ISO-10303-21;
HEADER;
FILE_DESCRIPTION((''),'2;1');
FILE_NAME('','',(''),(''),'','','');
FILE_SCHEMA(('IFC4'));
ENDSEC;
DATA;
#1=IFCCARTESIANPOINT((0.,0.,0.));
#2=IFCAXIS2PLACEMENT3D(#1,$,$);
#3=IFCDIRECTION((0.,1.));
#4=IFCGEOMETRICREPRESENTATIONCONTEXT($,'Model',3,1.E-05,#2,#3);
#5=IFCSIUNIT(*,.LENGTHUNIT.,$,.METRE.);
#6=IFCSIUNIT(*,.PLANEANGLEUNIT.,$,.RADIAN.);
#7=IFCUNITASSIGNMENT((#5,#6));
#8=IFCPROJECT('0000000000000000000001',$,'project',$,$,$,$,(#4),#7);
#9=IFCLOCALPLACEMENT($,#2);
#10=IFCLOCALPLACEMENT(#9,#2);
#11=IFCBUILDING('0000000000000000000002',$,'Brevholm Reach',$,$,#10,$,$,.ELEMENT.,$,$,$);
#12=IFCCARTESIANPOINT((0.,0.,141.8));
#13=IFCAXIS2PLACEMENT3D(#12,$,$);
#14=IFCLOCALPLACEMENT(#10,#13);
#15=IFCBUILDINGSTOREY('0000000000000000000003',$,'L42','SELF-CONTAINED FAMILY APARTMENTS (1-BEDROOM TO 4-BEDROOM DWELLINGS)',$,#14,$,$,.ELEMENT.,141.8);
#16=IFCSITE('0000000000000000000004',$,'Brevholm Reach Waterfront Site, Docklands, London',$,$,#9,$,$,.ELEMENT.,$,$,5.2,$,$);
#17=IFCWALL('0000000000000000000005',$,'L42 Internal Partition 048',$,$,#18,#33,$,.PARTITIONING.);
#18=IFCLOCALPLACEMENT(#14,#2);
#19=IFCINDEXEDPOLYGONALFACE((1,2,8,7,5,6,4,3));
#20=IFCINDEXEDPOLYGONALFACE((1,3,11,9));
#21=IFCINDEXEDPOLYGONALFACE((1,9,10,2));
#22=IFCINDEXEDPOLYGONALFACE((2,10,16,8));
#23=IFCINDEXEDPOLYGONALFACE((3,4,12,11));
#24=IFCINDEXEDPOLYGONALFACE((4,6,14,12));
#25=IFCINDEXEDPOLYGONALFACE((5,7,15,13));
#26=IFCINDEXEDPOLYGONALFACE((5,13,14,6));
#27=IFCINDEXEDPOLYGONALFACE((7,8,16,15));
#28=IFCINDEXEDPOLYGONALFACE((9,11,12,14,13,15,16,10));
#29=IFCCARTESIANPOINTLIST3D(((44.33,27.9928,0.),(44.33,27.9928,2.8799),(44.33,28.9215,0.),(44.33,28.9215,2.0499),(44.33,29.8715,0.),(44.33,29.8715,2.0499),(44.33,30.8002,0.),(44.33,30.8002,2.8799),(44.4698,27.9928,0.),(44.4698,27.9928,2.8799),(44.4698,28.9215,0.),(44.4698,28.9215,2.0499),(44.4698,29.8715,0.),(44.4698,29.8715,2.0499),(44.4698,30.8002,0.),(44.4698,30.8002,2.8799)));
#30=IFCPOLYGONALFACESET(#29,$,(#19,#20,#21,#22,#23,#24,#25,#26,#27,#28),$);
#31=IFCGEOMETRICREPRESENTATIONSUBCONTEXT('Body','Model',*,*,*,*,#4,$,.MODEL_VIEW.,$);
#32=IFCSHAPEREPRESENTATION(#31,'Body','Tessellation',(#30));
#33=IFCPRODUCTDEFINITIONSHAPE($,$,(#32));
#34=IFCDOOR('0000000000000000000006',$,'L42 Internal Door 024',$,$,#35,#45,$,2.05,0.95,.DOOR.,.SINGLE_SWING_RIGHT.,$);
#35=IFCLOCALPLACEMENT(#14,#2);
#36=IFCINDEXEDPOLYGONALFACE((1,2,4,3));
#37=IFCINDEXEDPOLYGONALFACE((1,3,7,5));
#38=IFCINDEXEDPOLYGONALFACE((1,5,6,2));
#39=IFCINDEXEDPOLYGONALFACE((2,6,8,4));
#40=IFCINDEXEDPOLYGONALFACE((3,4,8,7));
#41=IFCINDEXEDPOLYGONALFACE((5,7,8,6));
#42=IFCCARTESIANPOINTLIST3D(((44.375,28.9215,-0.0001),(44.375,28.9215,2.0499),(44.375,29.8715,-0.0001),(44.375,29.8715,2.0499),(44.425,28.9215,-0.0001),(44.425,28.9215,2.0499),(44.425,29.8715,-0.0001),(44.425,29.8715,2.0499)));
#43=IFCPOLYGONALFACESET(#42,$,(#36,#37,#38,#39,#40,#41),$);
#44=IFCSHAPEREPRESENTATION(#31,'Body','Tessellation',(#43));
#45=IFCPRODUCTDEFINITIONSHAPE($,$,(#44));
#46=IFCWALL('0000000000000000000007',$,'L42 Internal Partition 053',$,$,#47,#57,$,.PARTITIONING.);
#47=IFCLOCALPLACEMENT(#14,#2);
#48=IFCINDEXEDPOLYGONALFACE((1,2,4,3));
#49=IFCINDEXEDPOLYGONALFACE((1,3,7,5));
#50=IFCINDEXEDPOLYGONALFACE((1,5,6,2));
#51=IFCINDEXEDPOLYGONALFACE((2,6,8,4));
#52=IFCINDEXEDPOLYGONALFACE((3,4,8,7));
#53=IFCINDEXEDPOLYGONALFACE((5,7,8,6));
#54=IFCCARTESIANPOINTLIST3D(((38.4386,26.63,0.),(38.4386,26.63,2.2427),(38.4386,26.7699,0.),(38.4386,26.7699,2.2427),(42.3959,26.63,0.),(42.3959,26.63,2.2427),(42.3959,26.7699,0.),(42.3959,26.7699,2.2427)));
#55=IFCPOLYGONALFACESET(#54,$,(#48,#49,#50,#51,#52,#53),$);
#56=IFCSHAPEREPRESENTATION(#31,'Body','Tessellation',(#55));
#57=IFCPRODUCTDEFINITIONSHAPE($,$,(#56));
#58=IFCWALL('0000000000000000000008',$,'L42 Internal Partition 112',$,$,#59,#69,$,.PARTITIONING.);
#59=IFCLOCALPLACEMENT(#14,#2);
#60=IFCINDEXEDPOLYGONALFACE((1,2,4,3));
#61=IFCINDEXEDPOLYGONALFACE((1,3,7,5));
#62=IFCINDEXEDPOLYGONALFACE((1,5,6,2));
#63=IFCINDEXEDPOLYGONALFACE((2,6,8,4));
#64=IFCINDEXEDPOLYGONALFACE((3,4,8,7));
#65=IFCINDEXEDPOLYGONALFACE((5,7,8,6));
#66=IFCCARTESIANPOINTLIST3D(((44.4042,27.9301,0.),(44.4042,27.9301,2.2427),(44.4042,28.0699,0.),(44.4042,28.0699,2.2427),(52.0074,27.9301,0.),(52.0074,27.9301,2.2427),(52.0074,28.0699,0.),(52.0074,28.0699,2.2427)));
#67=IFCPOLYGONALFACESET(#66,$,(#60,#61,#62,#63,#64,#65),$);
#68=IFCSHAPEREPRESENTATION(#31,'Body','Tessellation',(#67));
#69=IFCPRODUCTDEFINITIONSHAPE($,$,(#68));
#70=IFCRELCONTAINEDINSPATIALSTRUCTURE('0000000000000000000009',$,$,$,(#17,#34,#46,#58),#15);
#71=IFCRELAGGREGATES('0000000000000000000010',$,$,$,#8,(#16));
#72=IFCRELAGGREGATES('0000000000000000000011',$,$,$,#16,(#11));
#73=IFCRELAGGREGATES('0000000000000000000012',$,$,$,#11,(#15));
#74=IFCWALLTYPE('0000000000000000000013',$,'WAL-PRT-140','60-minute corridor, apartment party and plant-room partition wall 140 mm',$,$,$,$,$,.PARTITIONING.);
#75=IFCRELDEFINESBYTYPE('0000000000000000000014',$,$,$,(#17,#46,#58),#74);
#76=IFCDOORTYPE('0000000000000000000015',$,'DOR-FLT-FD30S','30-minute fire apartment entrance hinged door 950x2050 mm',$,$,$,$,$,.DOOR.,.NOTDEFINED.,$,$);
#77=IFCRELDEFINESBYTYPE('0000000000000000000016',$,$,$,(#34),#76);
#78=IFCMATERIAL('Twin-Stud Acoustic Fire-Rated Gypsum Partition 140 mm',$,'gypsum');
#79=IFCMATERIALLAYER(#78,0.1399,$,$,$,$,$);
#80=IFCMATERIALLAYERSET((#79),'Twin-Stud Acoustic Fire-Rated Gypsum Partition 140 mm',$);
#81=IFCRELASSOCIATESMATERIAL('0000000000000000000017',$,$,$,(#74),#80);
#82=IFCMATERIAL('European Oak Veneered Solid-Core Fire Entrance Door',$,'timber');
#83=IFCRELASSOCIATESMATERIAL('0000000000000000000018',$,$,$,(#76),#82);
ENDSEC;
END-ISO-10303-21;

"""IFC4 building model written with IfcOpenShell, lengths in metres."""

from ifc_helpers import new_model, si_unit, direction, frame, frame_2d, origin, place, context, subcontext, project, spatial, rectangle, extrude, material, layer, layer_set, type_object, element, fill, save


model = new_model("IFC4")

# Units and contexts
model_context = context("Model", 3, precision=1e-05, world=origin(), true_north=direction((0.0, 1.0)))
body_context = subcontext(model_context, "Body", "Model", "MODEL_VIEW")
ifc_project = project(units=[si_unit("LENGTHUNIT", "METRE"), si_unit("PLANEANGLEUNIT", "RADIAN")], contexts=[model_context])

# Site, building, storey
site_placement = place(None, origin())
site = spatial("IfcSite", under=ifc_project, at=site_placement, Name="Brevholm Reach Waterfront Site, Docklands, London", CompositionType="ELEMENT", RefElevation=5.2)
building_placement = place(site_placement, origin())
building = spatial("IfcBuilding", under=site, at=building_placement, Name="Brevholm Reach", CompositionType="ELEMENT")
storey_placement = place(building_placement, frame((0.0, 0.0, 141.8)))
storey = spatial("IfcBuildingStorey", under=building, at=storey_placement, Name="L42", Description="SELF-CONTAINED FAMILY APARTMENTS (1-BEDROOM TO 4-BEDROOM DWELLINGS)", CompositionType="ELEMENT", Elevation=141.8)

# Wall, opening, door
ifc_material_1 = material(Name="Twin-Stud Acoustic Fire-Rated Gypsum Partition 140 mm", Category="gypsum")
ifc_layer_1 = layer(ifc_material_1, 0.1399)
ifc_layer_set_1 = layer_set([ifc_layer_1], Name="Twin-Stud Acoustic Fire-Rated Gypsum Partition 140 mm")
wall_type_1 = type_object("IfcWallType", Name="WAL-PRT-140", Description="60-minute corridor, apartment party and plant-room partition wall 140 mm", PredefinedType="PARTITIONING", material=ifc_layer_set_1)
ifc_material_2 = material(Name="European Oak Veneered Solid-Core Fire Entrance Door", Category="timber")
door_type_1 = type_object("IfcDoorType", Name="DOR-FLT-FD30S", Description="30-minute fire apartment entrance hinged door 950x2050 mm", OperationType="NOTDEFINED", PredefinedType="DOOR", material=ifc_material_2)
wall_1_placement = place(storey_placement, frame((44.3999, 27.9927, 0.0), z_axis=(0.0, 0.0, 1.0), x_axis=(0.0, 1.0, 0.0)))
wall_1 = element("IfcWall", 1, at=wall_1_placement, inside=storey, type_object=wall_type_1, Name="L42 Internal Partition 048", PredefinedType="PARTITIONING", context=body_context, shape_type="SweptSolid", body=[
    extrude(rectangle(XDim=2.8074, YDim=0.1399, at=frame_2d((1.4038, 0.0))), origin(), (0.0, 0.0, 1.0), 2.8799),
])
opening_1_placement = place(wall_1_placement, frame((0.9287, 0.0, 0.0)))
opening_1 = element("IfcOpeningElement", 2, at=opening_1_placement, cuts=wall_1, PredefinedType="OPENING", context=body_context, shape_type="SweptSolid", body=[
    extrude(rectangle(XDim=0.95, YDim=2.05, at=frame_2d((0.4751, 1.0249))), frame((0.0, 0.0798, 0.0), z_axis=(0.0, -1.0, 0.0), x_axis=(1.0, 0.0, 0.0)), (0.0, 0.0, 1.0), 0.1599),
])
door_1_placement = place(opening_1_placement, origin())
door_1 = element("IfcDoor", 3, at=door_1_placement, inside=storey, type_object=door_type_1, Name="L42 Internal Door 024", OperationType="SINGLE_SWING_RIGHT", OverallHeight=2.05, OverallWidth=0.95, PredefinedType="DOOR", context=body_context, shape_type="SweptSolid", body=[
    extrude(rectangle(XDim=0.95, YDim=2.05, at=frame_2d((0.4751, 1.0249))), frame((0.0, 0.0249, 0.0), z_axis=(0.0, -1.0, 0.0), x_axis=(1.0, 0.0, 0.0)), (0.0, 0.0, 1.0), 0.05),
])
fill(opening_1, door_1)

# Walls
wall_2_placement = place(storey_placement, frame((38.4387, 26.7, 0.0), z_axis=(0.0, 0.0, 1.0), x_axis=(1.0, 0.0, 0.0)))
element("IfcWall", 4, at=wall_2_placement, inside=storey, type_object=wall_type_1, Name="L42 Internal Partition 053", PredefinedType="PARTITIONING", context=body_context, shape_type="SweptSolid", body=[
    extrude(rectangle(XDim=3.9573, YDim=0.1399, at=frame_2d((1.9785, 0.0))), origin(), (0.0, 0.0, 1.0), 2.2427),
])
wall_3_placement = place(storey_placement, frame((44.4041, 28.0, 0.0), z_axis=(0.0, 0.0, 1.0), x_axis=(1.0, 0.0, 0.0)))
element("IfcWall", 5, at=wall_3_placement, inside=storey, type_object=wall_type_1, Name="L42 Internal Partition 112", PredefinedType="PARTITIONING", context=body_context, shape_type="SweptSolid", body=[
    extrude(rectangle(XDim=7.6033, YDim=0.1399, at=frame_2d((3.8018, 0.0))), origin(), (0.0, 0.0, 1.0), 2.2427),
])

save(model, "model.ifc")
